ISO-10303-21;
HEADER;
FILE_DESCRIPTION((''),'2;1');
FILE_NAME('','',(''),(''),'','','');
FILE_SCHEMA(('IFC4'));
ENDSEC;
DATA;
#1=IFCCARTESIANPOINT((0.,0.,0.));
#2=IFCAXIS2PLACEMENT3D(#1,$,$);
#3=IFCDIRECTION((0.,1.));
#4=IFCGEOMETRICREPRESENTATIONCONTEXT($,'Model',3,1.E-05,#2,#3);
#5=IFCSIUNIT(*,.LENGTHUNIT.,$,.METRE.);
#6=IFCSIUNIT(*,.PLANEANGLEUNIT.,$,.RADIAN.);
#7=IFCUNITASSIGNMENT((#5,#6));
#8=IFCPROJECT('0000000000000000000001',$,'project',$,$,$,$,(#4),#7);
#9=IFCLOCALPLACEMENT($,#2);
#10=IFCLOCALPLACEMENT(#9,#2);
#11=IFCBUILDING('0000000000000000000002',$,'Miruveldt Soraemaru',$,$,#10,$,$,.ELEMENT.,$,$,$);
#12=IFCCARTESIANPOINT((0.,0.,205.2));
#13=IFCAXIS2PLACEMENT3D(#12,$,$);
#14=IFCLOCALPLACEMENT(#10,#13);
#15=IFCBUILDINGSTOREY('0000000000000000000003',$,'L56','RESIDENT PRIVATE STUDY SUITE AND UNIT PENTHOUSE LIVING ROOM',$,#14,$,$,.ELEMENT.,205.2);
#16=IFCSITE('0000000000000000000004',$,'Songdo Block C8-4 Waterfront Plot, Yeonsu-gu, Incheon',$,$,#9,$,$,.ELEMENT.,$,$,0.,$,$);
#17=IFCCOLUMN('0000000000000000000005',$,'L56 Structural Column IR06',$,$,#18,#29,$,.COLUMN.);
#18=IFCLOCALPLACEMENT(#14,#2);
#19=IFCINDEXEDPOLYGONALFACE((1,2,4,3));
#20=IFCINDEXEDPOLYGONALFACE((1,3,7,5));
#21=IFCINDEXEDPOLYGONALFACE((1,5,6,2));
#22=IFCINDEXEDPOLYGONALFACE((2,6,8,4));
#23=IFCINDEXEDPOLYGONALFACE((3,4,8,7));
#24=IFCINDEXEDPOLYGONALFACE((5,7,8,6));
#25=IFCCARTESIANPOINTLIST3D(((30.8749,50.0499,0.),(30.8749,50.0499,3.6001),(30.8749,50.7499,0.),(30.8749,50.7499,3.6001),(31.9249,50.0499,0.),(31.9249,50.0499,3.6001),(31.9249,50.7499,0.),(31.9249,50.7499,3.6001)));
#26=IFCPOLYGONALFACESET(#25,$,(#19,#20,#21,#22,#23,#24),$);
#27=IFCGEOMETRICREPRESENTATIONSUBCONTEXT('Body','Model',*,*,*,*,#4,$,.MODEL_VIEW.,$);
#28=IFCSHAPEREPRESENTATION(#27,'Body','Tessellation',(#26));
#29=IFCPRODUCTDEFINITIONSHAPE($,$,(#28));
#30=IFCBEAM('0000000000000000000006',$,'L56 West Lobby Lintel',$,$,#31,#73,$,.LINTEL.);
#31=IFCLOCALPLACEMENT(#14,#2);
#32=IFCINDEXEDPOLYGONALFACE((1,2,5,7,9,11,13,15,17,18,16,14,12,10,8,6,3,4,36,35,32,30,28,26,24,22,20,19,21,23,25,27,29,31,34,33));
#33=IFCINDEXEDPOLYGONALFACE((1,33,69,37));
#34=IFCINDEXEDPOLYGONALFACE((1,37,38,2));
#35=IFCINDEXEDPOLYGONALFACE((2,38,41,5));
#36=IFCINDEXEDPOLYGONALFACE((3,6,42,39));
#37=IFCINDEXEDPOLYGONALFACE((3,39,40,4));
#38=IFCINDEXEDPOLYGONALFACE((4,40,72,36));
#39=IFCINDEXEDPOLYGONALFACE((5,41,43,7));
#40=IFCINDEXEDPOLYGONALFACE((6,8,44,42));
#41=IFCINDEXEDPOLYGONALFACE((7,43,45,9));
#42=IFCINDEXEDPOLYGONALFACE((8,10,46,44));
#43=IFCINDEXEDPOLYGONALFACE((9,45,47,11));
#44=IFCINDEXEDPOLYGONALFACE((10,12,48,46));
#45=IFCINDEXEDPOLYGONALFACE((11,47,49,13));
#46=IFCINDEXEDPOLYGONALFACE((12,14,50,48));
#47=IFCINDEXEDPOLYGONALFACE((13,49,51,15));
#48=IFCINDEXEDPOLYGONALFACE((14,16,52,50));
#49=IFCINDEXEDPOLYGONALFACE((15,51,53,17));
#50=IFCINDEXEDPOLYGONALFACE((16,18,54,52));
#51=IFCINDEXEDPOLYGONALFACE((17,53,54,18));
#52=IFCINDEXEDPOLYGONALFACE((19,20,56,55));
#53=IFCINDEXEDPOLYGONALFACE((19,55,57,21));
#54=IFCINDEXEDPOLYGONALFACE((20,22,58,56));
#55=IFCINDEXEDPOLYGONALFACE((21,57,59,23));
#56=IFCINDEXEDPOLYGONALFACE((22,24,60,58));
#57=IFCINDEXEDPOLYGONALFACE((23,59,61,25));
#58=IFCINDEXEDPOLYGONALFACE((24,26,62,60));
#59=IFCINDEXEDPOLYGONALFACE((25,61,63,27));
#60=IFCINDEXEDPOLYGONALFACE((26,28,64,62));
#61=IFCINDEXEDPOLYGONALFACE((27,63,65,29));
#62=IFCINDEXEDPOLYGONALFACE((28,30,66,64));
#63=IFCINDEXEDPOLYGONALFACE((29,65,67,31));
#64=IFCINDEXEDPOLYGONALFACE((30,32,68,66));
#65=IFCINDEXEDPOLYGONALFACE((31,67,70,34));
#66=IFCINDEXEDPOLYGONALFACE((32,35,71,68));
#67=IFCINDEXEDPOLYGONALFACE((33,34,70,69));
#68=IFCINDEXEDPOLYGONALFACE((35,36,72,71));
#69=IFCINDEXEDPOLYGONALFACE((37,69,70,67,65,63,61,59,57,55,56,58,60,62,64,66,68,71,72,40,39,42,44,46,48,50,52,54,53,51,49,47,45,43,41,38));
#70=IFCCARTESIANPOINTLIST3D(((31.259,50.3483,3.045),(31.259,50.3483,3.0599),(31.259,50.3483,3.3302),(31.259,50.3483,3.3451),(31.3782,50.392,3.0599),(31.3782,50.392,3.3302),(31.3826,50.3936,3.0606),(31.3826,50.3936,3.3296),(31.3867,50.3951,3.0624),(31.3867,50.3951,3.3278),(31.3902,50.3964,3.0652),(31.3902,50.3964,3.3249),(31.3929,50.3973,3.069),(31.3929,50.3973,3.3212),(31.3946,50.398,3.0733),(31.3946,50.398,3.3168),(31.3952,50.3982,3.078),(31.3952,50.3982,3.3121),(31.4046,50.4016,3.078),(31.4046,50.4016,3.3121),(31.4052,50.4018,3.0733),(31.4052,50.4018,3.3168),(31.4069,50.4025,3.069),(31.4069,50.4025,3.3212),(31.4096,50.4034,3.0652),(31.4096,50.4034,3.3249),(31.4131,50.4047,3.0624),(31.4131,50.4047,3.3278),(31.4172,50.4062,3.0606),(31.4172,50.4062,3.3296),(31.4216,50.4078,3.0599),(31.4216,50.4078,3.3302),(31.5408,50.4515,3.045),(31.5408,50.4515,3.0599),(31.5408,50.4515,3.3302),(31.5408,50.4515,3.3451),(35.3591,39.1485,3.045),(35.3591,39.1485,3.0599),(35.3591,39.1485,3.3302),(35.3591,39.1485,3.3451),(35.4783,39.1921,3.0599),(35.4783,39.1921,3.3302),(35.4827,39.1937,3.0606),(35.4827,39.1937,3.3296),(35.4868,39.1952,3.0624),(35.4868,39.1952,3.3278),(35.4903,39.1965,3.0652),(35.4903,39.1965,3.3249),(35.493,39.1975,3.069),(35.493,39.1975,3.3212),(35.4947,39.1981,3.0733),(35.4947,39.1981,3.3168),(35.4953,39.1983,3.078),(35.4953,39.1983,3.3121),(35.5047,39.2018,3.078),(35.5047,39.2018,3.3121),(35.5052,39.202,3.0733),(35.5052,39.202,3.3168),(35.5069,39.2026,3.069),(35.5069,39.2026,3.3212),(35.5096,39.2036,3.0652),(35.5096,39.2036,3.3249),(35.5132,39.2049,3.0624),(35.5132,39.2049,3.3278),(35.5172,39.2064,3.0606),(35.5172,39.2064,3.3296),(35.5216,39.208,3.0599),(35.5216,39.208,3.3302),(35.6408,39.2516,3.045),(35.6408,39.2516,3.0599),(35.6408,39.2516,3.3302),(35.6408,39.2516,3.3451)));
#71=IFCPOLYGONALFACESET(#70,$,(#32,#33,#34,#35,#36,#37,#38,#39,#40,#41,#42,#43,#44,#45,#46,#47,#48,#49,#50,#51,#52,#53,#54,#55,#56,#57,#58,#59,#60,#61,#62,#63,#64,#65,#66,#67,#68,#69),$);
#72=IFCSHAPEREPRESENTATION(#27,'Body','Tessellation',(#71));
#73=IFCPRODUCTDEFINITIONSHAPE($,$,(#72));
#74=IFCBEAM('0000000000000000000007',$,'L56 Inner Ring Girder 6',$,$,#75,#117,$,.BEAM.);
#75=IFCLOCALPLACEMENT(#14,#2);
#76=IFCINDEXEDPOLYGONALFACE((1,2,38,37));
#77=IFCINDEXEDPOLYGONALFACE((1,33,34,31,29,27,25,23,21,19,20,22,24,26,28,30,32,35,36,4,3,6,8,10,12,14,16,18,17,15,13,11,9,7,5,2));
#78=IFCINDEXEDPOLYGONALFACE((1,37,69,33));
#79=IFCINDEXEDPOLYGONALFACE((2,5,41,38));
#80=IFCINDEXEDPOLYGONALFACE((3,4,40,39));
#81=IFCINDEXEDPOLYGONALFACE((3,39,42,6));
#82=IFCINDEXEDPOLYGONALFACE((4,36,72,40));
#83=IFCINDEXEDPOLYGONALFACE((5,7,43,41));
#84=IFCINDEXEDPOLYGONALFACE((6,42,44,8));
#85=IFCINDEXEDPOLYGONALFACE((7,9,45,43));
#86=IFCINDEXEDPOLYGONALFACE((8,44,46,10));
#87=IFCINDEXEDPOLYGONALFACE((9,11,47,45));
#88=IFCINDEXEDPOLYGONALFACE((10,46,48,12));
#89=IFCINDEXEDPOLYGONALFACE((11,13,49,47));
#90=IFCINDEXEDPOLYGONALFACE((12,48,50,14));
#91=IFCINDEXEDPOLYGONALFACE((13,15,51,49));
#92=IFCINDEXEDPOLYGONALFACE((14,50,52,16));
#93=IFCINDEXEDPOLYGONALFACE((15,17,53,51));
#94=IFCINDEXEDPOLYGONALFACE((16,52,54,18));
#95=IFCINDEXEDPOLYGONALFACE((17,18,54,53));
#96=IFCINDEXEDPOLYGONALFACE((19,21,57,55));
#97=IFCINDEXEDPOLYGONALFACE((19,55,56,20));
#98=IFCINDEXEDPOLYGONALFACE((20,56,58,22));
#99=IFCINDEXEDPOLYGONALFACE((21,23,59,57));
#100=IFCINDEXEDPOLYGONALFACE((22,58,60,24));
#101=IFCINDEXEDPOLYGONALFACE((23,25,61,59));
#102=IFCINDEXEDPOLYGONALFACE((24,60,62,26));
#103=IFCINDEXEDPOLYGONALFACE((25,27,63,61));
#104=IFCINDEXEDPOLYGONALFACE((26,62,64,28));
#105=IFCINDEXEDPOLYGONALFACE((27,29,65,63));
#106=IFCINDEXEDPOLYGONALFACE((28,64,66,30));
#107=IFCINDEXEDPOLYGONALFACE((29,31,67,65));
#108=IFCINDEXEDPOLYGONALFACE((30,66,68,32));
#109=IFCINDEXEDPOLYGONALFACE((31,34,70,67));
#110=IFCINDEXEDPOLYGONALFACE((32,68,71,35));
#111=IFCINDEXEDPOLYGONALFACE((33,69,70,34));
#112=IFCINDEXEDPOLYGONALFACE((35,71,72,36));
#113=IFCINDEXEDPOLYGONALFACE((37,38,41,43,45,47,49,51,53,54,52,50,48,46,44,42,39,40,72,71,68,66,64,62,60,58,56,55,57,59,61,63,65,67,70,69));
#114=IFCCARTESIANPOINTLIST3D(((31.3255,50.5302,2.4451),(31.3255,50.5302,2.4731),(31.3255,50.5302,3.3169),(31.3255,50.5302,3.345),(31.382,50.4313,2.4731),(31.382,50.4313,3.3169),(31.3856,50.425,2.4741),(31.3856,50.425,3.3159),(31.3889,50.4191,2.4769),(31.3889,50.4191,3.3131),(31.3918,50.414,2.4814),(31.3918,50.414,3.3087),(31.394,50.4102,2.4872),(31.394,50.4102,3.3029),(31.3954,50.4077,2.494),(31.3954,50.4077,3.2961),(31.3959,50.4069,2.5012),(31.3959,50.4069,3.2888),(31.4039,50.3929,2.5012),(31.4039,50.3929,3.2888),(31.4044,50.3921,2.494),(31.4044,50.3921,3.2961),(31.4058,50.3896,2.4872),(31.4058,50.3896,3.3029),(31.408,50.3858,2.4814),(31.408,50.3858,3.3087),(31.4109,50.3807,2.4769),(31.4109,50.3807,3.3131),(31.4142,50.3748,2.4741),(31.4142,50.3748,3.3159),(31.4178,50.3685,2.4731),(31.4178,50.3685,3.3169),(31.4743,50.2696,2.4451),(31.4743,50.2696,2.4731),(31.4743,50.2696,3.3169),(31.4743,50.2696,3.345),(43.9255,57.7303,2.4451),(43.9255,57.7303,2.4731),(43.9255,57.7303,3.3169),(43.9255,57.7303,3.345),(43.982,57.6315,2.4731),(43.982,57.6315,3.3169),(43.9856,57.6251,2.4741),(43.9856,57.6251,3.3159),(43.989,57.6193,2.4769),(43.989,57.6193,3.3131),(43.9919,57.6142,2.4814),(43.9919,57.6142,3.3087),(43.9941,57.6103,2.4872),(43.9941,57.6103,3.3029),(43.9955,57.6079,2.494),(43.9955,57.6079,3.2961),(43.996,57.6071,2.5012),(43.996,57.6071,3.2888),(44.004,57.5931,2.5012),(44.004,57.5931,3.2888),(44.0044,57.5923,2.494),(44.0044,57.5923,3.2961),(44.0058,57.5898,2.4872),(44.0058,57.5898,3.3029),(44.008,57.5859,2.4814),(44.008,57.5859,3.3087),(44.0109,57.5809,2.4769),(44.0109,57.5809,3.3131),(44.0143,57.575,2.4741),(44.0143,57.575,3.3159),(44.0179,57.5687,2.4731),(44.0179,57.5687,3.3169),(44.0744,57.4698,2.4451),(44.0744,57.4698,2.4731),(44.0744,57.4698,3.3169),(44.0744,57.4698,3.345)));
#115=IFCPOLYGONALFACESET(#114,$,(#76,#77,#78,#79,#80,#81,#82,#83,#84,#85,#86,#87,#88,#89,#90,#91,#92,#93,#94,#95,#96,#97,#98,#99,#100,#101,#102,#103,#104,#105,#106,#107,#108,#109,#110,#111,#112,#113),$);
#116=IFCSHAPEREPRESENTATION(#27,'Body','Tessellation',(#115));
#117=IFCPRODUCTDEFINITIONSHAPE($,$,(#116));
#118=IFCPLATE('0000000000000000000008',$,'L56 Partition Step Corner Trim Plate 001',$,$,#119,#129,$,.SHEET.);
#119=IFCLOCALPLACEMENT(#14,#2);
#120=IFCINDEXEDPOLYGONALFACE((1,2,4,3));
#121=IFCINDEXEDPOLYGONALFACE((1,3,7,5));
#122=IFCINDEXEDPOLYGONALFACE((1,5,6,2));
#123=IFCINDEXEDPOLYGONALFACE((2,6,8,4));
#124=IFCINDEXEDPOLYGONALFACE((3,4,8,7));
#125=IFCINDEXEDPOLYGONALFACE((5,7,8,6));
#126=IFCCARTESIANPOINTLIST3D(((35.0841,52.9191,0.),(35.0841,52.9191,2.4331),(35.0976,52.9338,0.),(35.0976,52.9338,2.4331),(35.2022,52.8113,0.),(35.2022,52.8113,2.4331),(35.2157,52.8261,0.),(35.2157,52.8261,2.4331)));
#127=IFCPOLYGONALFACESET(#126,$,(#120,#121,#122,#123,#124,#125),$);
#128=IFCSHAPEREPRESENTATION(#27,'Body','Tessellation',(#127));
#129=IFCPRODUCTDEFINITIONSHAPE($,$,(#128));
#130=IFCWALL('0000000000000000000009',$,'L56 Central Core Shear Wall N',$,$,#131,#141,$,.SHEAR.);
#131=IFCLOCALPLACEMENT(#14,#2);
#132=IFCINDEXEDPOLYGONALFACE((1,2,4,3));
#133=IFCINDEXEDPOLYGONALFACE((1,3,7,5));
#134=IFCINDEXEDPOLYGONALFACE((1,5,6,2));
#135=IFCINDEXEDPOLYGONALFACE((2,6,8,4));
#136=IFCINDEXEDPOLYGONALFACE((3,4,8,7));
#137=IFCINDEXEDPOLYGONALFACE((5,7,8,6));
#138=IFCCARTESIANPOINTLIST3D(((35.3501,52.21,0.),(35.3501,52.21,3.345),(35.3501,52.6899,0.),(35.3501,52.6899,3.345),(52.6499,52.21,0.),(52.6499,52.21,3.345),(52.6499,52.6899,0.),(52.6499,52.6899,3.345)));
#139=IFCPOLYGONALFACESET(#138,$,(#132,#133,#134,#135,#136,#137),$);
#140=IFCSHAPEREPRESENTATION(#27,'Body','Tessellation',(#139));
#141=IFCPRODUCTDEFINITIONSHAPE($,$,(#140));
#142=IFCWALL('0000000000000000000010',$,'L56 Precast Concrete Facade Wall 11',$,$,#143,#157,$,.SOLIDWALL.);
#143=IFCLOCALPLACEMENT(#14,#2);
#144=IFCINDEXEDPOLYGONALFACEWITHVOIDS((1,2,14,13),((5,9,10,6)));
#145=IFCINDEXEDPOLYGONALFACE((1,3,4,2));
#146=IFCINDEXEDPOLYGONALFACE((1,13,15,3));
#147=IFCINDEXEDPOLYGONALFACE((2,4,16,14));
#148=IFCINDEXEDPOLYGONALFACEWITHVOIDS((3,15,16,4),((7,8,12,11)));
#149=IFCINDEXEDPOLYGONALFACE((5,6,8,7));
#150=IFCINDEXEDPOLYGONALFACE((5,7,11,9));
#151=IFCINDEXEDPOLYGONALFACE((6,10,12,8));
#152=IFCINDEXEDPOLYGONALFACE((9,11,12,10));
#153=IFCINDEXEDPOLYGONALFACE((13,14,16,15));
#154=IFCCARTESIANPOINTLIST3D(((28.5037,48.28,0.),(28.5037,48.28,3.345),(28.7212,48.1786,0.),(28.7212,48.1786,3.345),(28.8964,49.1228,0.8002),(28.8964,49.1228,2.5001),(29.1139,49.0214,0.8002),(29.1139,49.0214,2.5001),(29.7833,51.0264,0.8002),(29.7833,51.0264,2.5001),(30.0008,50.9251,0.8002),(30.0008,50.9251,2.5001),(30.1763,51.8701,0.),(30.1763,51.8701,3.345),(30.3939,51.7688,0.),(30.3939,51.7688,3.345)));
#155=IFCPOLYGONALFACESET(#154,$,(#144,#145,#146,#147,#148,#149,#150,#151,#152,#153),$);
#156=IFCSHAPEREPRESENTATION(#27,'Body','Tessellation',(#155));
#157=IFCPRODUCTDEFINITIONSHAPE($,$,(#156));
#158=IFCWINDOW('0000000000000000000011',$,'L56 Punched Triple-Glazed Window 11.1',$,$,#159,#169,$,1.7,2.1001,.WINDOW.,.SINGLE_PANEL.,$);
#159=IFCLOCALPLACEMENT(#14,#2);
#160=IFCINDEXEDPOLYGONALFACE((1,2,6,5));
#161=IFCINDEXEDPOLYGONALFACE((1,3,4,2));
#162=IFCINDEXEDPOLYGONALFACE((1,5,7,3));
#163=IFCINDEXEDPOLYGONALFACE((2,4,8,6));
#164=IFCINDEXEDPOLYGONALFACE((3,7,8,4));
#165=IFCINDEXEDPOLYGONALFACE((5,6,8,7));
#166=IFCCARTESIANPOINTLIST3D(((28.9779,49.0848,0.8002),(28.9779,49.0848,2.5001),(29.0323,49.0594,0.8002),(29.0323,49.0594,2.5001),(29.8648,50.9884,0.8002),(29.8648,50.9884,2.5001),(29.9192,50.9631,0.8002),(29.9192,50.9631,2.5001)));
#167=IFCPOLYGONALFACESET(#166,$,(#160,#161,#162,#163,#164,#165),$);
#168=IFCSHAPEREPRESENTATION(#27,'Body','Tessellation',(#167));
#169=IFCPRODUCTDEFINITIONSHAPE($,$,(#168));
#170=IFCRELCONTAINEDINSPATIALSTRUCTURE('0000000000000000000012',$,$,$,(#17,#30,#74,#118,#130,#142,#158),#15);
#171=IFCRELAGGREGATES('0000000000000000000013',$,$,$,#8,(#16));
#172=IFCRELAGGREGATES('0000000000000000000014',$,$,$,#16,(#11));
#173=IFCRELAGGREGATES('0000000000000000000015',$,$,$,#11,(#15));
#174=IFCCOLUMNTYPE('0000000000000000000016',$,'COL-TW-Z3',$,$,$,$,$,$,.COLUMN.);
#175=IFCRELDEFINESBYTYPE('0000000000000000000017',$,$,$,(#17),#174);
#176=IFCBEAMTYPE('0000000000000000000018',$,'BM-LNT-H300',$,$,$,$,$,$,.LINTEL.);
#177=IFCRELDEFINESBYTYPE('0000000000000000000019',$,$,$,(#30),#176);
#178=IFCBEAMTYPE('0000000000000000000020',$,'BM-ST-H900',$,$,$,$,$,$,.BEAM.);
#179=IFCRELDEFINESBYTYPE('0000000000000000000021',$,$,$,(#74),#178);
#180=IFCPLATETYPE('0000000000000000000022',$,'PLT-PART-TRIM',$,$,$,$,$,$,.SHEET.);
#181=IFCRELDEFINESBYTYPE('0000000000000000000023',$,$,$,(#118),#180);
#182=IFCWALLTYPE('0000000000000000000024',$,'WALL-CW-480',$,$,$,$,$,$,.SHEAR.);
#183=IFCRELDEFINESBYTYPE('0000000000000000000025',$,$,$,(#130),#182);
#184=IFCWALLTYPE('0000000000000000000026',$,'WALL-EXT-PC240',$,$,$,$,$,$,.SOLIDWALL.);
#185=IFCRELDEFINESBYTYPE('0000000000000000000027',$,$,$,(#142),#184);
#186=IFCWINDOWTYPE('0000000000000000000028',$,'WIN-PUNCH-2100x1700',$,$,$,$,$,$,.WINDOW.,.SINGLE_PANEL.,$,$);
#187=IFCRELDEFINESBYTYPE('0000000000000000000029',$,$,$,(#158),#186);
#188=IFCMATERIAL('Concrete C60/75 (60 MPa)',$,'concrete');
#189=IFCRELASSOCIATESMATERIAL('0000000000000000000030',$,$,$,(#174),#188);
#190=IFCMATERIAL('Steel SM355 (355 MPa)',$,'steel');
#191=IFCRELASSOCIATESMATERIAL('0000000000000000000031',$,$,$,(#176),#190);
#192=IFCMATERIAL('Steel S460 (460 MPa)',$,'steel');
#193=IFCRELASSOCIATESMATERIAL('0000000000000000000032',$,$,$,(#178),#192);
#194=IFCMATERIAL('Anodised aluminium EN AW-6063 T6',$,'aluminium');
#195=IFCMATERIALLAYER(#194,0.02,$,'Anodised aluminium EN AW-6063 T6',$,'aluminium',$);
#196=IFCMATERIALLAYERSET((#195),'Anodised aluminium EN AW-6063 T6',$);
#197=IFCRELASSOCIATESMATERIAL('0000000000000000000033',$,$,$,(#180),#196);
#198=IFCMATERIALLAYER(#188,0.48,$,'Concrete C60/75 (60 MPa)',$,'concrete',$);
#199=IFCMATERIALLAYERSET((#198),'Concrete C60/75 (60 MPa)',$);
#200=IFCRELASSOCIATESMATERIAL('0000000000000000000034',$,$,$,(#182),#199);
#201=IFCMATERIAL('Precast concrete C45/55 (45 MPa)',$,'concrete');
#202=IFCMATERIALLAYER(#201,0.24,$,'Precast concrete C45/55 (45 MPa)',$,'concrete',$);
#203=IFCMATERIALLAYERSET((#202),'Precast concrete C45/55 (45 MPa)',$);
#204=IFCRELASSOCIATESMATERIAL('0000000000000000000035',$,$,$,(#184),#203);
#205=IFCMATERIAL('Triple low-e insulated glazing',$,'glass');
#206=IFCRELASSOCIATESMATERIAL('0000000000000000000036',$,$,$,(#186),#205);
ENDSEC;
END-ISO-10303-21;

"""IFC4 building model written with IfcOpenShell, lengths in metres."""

from ifc_helpers import new_model, si_unit, direction, frame, frame_2d, origin, origin_2d, place, context, subcontext, project, spatial, rectangle, i_section, extrude, material, layer, layer_set, material_profile, profile_set, type_object, element, fill, save


model = new_model("IFC4")

# Units and contexts
model_context = context("Model", 3, precision=1e-05, world=origin(), true_north=direction((0.0, 1.0)))
body_context = subcontext(model_context, "Body", "Model", "MODEL_VIEW")
ifc_project = project(units=[si_unit("LENGTHUNIT", "METRE"), si_unit("PLANEANGLEUNIT", "RADIAN")], contexts=[model_context])

# Site, building, storey
site_placement = place(None, origin())
site = spatial("IfcSite", under=ifc_project, at=site_placement, Name="Songdo Block C8-4 Waterfront Plot, Yeonsu-gu, Incheon", CompositionType="ELEMENT", RefElevation=0.0)
building_placement = place(site_placement, origin())
building = spatial("IfcBuilding", under=site, at=building_placement, Name="Miruveldt Soraemaru", CompositionType="ELEMENT")
storey_placement = place(building_placement, frame((0.0, 0.0, 205.2)))
storey = spatial("IfcBuildingStorey", under=building, at=storey_placement, Name="L56", Description="RESIDENT PRIVATE STUDY SUITE AND UNIT PENTHOUSE LIVING ROOM", CompositionType="ELEMENT", Elevation=205.2)

# Column
ifc_material_1 = material(Name="Concrete C60/75 (60 MPa)", Category="concrete")
ifc_material_profile_1 = material_profile(ifc_material_1, rectangle(XDim=1.05, YDim=0.7, at=origin_2d()), Name="Concrete C60/75 (60 MPa)", Category="concrete")
ifc_profile_set_1 = profile_set([ifc_material_profile_1], Name="Concrete C60/75 (60 MPa)")
column_type = type_object("IfcColumnType", Name="COL-TW-Z3", PredefinedType="COLUMN", material=ifc_profile_set_1)
column_placement = place(storey_placement, frame((31.3999, 50.3999, 0.0), z_axis=(0.0, 0.0, 1.0), x_axis=(1.0, 0.0, 0.0)))
element("IfcColumn", 1, at=column_placement, inside=storey, type_object=column_type, Name="L56 Structural Column IR06", PredefinedType="COLUMN", context=body_context, shape_type="SweptSolid", body=[
    extrude(rectangle(XDim=1.05, YDim=0.7, at=origin_2d()), origin(), (0.0, 0.0, 1.0), 3.6001),
])

# Beams
ifc_material_2 = material(Name="Steel SM355 (355 MPa)", Category="steel")
ifc_material_profile_2 = material_profile(ifc_material_2, i_section(OverallWidth=0.3, OverallDepth=0.3, WebThickness=0.01, FlangeThickness=0.0149, FilletRadius=0.0181, at=origin_2d()), Name="Steel SM355 (355 MPa)", Category="steel")
ifc_profile_set_2 = profile_set([ifc_material_profile_2], Name="Steel SM355 (355 MPa)")
beam_type_1 = type_object("IfcBeamType", Name="BM-LNT-H300", PredefinedType="LINTEL", material=ifc_profile_set_2)
beam_1_placement = place(storey_placement, frame((31.3999, 50.3999, 3.1951), z_axis=(0.34377, -0.939054, 0.0), x_axis=(0.939054, 0.34377, 0.0)))
element("IfcBeam", 2, at=beam_1_placement, inside=storey, type_object=beam_type_1, Name="L56 West Lobby Lintel", PredefinedType="LINTEL", context=body_context, shape_type="SweptSolid", body=[
    extrude(i_section(OverallWidth=0.3, OverallDepth=0.3, WebThickness=0.01, FlangeThickness=0.0149, FilletRadius=0.0181, at=origin_2d()), origin(), (0.0, 0.0, 1.0), 11.9268),
])
ifc_material_3 = material(Name="Steel S460 (460 MPa)", Category="steel")
ifc_material_profile_3 = material_profile(ifc_material_3, i_section(OverallWidth=0.3, OverallDepth=0.8999, WebThickness=0.0161, FlangeThickness=0.0281, FilletRadius=0.0281, at=origin_2d()), Name="Steel S460 (460 MPa)", Category="steel")
ifc_profile_set_3 = profile_set([ifc_material_profile_3], Name="Steel S460 (460 MPa)")
beam_type_2 = type_object("IfcBeamType", Name="BM-ST-H900", PredefinedType="BEAM", material=ifc_profile_set_3)
beam_2_placement = place(storey_placement, frame((31.3999, 50.3999, 2.895), z_axis=(0.868239, 0.496146, 0.0), x_axis=(-0.496146, 0.868239, 0.0)))
element("IfcBeam", 3, at=beam_2_placement, inside=storey, type_object=beam_type_2, Name="L56 Inner Ring Girder 6", PredefinedType="BEAM", context=body_context, shape_type="SweptSolid", body=[
    extrude(i_section(OverallWidth=0.3, OverallDepth=0.8999, WebThickness=0.0161, FlangeThickness=0.0281, FilletRadius=0.0281, at=origin_2d()), origin(), (0.0, 0.0, 1.0), 14.5122),
])

# Plate
ifc_material_4 = material(Name="Anodised aluminium EN AW-6063 T6", Category="aluminium")
ifc_layer_1 = layer(ifc_material_4, 0.02, Name="Anodised aluminium EN AW-6063 T6", Category="aluminium")
ifc_layer_set_1 = layer_set([ifc_layer_1], Name="Anodised aluminium EN AW-6063 T6")
plate_type = type_object("IfcPlateType", Name="PLT-PART-TRIM", PredefinedType="SHEET", material=ifc_layer_set_1)
plate_placement = place(storey_placement, frame((35.1499, 52.8726, 0.0), z_axis=(0.0, 0.0, 1.0), x_axis=(0.738691, -0.674045, 0.0)))
element("IfcPlate", 4, at=plate_placement, inside=storey, type_object=plate_type, Name="L56 Partition Step Corner Trim Plate 001", PredefinedType="SHEET", context=body_context, shape_type="SweptSolid", body=[
    extrude(rectangle(XDim=0.1599, YDim=0.02, at=origin_2d()), origin(), (0.0, 0.0, 1.0), 2.4331),
])

# Wall
ifc_layer_2 = layer(ifc_material_1, 0.48, Name="Concrete C60/75 (60 MPa)", Category="concrete")
ifc_layer_set_2 = layer_set([ifc_layer_2], Name="Concrete C60/75 (60 MPa)")
wall_type_1 = type_object("IfcWallType", Name="WALL-CW-480", PredefinedType="SHEAR", material=ifc_layer_set_2)
wall_1_placement = place(storey_placement, frame((35.3501, 52.45, 0.0), z_axis=(0.0, 0.0, 1.0), x_axis=(1.0, 0.0, 0.0)))
element("IfcWall", 5, at=wall_1_placement, inside=storey, type_object=wall_type_1, Name="L56 Central Core Shear Wall N", PredefinedType="SHEAR", context=body_context, shape_type="SweptSolid", body=[
    extrude(rectangle(XDim=17.2998, YDim=0.48, at=frame_2d((8.6499, 0.0))), origin(), (0.0, 0.0, 1.0), 3.345),
])

# Wall, opening, window
ifc_material_5 = material(Name="Precast concrete C45/55 (45 MPa)", Category="concrete")
ifc_layer_3 = layer(ifc_material_5, 0.24, Name="Precast concrete C45/55 (45 MPa)", Category="concrete")
ifc_layer_set_3 = layer_set([ifc_layer_3], Name="Precast concrete C45/55 (45 MPa)")
wall_type_2 = type_object("IfcWallType", Name="WALL-EXT-PC240", PredefinedType="SOLIDWALL", material=ifc_layer_set_3)
wall_2_placement = place(storey_placement, frame((30.2852, 51.8196, 0.0), z_axis=(0.0, 0.0, 1.0), x_axis=(-0.422312, -0.906451, 0.0)))
wall_2 = element("IfcWall", 6, at=wall_2_placement, inside=storey, type_object=wall_type_2, Name="L56 Precast Concrete Facade Wall 11", PredefinedType="SOLIDWALL", context=body_context, shape_type="SweptSolid", body=[
    extrude(rectangle(XDim=3.9607, YDim=0.24, at=frame_2d((1.9805, 0.0))), origin(), (0.0, 0.0, 1.0), 3.345),
])
opening_1_placement = place(wall_2_placement, frame((0.9309, 0.0, 0.8)))
opening_1 = element("IfcOpeningElement", 7, at=opening_1_placement, cuts=wall_2, PredefinedType="OPENING", context=body_context, shape_type="SweptSolid", body=[
    extrude(rectangle(XDim=2.1001, YDim=1.7, at=frame_2d((1.05, 0.8501))), frame((0.0, 0.1299, 0.0), z_axis=(0.0, -1.0, 0.0), x_axis=(1.0, 0.0, 0.0)), (0.0, 0.0, 1.0), 0.26),
])
ifc_material_6 = material(Name="Triple low-e insulated glazing", Category="glass")
window_type = type_object("IfcWindowType", Name="WIN-PUNCH-2100x1700", PartitioningType="SINGLE_PANEL", PredefinedType="WINDOW", material=ifc_material_6)
window_placement = place(opening_1_placement, origin())
window = element("IfcWindow", 8, at=window_placement, inside=storey, type_object=window_type, Name="L56 Punched Triple-Glazed Window 11.1", OverallHeight=1.7, OverallWidth=2.1001, PartitioningType="SINGLE_PANEL", PredefinedType="WINDOW", context=body_context, shape_type="SweptSolid", body=[
    extrude(rectangle(XDim=2.1001, YDim=1.7, at=frame_2d((1.05, 0.8501))), frame((0.0, 0.03, 0.0), z_axis=(0.0, -1.0, 0.0), x_axis=(1.0, 0.0, 0.0)), (0.0, 0.0, 1.0), 0.0601),
])
fill(opening_1, window)

save(model, "model.ifc")
